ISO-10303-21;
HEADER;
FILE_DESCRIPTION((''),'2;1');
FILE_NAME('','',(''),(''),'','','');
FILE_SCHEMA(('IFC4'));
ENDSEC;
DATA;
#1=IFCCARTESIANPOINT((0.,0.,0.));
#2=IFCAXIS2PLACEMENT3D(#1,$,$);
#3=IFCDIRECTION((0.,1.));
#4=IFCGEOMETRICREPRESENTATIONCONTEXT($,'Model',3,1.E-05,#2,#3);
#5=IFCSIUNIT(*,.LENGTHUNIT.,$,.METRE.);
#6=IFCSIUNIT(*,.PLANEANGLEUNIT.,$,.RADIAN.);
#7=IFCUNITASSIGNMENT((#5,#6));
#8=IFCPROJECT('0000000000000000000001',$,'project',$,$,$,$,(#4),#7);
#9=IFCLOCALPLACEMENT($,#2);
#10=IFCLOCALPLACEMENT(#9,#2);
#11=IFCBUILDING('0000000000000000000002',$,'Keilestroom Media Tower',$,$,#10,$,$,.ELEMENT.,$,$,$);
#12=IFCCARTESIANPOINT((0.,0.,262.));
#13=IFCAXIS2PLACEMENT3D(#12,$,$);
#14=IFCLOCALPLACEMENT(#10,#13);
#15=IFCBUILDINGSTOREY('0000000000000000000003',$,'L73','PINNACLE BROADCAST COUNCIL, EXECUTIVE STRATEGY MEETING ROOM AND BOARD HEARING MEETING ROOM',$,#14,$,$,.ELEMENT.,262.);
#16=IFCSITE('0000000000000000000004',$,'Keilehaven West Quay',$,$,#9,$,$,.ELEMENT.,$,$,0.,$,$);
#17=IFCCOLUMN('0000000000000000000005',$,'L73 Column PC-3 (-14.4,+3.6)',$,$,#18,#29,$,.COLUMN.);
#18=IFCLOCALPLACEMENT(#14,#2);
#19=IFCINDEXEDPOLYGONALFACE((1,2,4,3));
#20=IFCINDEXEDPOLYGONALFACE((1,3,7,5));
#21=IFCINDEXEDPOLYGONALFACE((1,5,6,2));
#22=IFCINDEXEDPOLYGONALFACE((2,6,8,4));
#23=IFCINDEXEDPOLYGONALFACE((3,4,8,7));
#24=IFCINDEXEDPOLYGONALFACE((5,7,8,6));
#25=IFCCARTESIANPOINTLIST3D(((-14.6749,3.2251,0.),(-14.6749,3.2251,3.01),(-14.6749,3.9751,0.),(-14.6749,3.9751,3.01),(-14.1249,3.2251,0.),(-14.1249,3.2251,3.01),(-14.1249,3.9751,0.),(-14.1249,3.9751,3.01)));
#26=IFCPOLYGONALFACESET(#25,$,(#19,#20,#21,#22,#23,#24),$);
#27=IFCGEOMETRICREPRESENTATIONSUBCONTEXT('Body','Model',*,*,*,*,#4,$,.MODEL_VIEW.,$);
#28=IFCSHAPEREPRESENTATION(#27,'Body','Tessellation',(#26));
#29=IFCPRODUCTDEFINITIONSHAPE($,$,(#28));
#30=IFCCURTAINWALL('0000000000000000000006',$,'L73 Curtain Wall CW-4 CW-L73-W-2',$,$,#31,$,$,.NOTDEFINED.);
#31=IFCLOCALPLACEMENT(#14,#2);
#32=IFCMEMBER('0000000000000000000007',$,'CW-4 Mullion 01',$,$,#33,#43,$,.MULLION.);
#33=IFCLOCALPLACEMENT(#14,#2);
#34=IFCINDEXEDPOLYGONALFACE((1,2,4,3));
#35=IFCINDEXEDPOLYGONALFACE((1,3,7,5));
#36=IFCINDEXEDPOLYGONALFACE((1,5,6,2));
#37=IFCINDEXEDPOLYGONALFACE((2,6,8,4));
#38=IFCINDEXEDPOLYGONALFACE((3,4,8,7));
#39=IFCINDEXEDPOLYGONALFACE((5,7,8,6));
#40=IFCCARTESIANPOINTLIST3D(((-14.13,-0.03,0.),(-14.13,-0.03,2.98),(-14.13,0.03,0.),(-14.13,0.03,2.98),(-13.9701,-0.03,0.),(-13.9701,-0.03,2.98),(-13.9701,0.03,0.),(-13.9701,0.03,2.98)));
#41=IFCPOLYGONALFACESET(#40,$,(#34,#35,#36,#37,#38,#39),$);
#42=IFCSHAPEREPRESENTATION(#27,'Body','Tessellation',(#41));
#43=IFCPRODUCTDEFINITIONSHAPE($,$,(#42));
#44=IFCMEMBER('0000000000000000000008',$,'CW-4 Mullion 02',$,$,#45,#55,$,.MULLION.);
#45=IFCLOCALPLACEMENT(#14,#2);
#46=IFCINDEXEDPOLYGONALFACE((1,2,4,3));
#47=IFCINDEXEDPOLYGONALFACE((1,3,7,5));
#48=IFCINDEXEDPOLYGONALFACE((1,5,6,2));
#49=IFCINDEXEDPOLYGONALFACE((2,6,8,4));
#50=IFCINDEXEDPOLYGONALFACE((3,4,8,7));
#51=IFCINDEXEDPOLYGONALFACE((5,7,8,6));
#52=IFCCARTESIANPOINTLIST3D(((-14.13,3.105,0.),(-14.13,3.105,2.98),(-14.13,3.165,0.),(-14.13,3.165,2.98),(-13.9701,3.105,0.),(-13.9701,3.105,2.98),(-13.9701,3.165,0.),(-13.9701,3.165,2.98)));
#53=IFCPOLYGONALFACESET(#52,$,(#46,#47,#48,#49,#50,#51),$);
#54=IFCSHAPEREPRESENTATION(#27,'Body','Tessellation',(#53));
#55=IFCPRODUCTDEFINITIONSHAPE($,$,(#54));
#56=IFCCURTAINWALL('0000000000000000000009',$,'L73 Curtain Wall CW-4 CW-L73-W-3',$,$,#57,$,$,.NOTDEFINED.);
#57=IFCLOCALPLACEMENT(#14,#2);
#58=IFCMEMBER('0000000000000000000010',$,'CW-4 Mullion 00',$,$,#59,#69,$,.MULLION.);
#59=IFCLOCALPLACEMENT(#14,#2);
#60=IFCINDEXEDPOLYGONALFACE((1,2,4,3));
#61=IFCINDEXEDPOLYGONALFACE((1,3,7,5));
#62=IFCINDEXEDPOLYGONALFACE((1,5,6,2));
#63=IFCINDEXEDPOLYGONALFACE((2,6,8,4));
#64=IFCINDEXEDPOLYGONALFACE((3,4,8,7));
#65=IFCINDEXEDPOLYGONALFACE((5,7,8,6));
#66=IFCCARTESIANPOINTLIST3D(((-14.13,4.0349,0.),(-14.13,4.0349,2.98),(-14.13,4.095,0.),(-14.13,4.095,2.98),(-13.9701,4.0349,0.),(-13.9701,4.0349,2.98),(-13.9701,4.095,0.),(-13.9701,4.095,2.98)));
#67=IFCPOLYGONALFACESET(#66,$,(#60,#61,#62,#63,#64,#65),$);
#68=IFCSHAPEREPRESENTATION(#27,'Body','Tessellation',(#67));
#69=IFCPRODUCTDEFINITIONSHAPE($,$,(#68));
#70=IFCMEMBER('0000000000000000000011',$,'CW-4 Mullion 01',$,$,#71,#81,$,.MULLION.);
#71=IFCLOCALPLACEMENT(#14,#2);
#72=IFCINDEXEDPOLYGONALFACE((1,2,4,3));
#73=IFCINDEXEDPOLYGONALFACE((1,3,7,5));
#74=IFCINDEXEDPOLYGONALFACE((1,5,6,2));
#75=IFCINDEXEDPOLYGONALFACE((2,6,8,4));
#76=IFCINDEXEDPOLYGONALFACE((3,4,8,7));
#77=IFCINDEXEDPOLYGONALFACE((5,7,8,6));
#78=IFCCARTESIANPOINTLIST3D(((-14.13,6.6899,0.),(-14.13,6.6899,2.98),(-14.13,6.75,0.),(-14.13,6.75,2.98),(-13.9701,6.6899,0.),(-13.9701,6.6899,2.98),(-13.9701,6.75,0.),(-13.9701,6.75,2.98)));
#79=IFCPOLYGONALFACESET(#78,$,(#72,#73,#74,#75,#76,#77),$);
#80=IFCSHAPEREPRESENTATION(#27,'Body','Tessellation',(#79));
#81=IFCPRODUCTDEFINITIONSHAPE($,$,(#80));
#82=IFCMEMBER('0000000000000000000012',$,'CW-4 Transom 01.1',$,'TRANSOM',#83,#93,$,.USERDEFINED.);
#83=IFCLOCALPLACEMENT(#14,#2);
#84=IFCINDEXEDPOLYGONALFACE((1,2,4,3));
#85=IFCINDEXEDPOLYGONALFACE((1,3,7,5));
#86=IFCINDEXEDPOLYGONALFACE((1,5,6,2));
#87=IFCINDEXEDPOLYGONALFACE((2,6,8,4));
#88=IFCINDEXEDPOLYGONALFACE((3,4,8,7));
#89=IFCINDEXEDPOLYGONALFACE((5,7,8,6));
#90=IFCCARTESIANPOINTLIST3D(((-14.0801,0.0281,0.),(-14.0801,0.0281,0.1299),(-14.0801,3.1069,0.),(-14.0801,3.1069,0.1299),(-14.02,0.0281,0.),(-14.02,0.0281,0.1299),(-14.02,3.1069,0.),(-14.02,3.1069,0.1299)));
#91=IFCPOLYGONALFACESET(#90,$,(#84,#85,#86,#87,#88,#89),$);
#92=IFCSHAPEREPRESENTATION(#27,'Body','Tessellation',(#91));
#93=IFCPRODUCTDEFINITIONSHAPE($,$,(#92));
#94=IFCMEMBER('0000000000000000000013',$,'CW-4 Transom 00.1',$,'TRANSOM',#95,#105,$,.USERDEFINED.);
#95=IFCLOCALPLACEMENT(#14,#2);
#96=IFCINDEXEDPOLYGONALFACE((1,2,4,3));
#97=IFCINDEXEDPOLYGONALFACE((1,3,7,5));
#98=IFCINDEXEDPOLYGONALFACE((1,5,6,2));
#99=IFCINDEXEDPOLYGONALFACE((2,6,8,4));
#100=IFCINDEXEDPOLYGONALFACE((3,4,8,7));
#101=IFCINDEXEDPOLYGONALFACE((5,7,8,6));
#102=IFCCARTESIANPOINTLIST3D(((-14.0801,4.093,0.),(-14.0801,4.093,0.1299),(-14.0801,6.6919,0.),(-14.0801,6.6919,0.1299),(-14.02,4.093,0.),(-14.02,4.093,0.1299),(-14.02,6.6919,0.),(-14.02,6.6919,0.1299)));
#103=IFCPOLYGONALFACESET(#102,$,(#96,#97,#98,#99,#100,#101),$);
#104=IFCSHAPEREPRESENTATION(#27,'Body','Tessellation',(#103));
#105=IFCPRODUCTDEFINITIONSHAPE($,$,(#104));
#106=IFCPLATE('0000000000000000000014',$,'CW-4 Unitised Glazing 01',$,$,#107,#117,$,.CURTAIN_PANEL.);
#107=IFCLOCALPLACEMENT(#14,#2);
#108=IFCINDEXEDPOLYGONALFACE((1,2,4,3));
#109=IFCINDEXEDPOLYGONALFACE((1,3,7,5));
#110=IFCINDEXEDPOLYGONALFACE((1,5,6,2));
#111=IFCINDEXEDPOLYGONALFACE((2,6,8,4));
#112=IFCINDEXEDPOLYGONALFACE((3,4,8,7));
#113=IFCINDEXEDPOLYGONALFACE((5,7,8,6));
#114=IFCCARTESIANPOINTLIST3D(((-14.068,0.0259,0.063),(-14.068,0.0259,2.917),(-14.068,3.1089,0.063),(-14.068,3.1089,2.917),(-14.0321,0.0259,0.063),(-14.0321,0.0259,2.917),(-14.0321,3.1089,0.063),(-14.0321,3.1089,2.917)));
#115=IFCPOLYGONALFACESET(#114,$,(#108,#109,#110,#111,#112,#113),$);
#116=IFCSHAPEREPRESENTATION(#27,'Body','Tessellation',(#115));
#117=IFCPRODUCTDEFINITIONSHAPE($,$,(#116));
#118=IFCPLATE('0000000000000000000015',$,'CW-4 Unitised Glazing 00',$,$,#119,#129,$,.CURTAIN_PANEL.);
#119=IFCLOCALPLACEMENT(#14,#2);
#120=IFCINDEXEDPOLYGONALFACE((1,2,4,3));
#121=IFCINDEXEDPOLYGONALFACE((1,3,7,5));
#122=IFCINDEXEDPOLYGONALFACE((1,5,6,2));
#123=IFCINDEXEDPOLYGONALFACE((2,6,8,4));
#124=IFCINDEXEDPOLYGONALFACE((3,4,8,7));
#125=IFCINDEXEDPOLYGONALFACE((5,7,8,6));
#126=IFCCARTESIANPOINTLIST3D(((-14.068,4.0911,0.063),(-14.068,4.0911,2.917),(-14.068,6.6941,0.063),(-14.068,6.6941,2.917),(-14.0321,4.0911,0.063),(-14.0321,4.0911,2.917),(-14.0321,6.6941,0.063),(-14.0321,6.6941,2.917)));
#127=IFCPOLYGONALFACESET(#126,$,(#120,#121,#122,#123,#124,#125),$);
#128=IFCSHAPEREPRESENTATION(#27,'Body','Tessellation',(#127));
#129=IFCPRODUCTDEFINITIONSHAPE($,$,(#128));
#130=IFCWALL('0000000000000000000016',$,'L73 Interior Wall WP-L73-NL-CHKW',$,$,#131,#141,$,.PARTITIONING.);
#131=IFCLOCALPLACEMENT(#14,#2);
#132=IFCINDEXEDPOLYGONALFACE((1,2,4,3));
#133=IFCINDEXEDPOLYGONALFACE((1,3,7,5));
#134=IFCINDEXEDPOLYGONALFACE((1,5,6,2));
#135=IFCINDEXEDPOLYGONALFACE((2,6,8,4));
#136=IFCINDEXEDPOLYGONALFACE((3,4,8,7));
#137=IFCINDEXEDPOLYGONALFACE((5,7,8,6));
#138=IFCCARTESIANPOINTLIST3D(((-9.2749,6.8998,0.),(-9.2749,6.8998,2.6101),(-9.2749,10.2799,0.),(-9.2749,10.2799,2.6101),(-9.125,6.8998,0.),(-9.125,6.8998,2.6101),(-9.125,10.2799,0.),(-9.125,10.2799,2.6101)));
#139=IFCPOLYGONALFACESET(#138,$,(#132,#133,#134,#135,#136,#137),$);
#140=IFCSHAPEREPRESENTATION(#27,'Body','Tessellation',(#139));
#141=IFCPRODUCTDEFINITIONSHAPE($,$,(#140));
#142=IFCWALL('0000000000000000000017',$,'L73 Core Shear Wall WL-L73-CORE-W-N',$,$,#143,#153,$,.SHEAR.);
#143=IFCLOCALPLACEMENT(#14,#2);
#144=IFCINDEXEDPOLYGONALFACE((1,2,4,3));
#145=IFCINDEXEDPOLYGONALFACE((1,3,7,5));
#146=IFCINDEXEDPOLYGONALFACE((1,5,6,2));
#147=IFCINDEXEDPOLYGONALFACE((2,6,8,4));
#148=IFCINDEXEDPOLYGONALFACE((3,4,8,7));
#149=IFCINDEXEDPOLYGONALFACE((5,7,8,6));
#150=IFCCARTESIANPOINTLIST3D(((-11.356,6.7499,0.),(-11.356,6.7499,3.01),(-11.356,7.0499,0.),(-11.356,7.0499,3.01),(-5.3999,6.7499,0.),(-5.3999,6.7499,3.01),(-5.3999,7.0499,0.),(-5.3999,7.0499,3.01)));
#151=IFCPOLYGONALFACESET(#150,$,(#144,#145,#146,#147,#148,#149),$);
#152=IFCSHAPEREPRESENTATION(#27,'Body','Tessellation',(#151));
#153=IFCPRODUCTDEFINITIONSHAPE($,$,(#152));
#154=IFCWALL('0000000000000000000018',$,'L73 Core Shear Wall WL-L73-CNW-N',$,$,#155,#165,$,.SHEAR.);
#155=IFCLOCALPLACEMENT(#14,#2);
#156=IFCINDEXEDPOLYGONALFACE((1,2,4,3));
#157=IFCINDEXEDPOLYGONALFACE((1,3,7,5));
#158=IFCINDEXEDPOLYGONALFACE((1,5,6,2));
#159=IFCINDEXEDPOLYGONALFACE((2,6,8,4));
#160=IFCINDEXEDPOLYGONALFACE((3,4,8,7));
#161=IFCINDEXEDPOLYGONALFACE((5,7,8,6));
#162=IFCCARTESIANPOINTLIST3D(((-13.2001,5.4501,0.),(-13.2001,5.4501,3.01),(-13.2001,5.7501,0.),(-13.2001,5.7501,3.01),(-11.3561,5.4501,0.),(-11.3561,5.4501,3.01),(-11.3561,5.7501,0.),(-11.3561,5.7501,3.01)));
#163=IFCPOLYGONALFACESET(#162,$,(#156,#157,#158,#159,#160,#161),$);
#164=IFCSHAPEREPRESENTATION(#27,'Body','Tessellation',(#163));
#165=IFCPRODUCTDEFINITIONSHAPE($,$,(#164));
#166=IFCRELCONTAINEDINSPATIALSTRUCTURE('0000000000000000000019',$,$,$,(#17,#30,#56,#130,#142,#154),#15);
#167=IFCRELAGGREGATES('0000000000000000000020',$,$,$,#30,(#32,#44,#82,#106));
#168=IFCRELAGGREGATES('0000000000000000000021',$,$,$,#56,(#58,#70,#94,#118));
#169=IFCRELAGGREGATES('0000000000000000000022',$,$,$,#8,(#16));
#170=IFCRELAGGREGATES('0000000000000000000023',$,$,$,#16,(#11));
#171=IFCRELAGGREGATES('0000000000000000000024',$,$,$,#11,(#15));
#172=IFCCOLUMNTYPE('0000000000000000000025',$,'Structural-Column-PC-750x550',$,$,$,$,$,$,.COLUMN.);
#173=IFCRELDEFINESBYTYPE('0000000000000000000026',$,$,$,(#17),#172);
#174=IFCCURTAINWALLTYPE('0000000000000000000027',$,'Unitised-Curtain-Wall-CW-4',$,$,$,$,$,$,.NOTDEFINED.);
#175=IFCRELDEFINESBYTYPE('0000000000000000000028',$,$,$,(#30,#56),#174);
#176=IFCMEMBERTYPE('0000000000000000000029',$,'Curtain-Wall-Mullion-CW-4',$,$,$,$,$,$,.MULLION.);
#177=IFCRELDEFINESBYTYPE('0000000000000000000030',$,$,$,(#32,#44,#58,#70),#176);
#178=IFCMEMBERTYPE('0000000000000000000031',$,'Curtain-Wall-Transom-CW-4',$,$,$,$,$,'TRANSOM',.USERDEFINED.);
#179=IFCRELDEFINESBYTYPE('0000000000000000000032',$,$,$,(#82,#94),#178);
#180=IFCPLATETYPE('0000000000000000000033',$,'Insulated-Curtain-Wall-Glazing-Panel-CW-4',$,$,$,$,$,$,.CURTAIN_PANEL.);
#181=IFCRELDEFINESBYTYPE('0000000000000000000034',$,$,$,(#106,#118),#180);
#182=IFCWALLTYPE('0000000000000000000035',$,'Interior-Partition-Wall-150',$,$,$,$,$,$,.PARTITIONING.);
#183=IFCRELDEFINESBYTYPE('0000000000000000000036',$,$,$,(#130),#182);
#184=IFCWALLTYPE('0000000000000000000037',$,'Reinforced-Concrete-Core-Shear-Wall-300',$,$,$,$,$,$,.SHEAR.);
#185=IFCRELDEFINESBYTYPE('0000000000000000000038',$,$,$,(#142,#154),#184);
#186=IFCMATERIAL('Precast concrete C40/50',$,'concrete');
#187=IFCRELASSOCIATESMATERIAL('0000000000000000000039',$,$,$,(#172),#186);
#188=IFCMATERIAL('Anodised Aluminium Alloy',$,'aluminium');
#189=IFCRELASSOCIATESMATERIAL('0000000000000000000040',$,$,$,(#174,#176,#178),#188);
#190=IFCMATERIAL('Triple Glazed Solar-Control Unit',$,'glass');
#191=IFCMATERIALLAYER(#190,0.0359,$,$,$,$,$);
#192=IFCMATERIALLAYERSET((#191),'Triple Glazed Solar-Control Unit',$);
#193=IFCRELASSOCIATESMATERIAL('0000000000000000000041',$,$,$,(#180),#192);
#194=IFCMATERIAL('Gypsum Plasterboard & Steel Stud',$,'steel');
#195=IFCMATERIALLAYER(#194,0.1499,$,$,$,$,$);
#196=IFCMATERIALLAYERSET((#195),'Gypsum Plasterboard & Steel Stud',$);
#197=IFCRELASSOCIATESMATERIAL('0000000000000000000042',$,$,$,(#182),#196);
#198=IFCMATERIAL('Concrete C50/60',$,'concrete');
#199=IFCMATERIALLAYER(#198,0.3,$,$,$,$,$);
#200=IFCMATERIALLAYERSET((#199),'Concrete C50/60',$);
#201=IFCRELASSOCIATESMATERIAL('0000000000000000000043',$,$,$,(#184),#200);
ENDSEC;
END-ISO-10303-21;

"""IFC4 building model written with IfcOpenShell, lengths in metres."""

from ifc_helpers import new_model, si_unit, direction, frame, frame_2d, origin, origin_2d, place, context, subcontext, project, spatial, rectangle, extrude, source, transform, mapped, material, layer, layer_set, material_profile, profile_set, type_object, element, aggregate, save


model = new_model("IFC4")

# Units and contexts
model_context = context("Model", 3, precision=1e-05, world=origin(), true_north=direction((0.0, 1.0)))
body_context = subcontext(model_context, "Body", "Model", "MODEL_VIEW")
ifc_project = project(units=[si_unit("LENGTHUNIT", "METRE"), si_unit("PLANEANGLEUNIT", "RADIAN")], contexts=[model_context])

# Site, building, storey
site_placement = place(None, origin())
site = spatial("IfcSite", under=ifc_project, at=site_placement, Name="Keilehaven West Quay", CompositionType="ELEMENT", RefElevation=0.0)
building_placement = place(site_placement, origin())
building = spatial("IfcBuilding", under=site, at=building_placement, Name="Keilestroom Media Tower", CompositionType="ELEMENT")
storey_placement = place(building_placement, frame((0.0, 0.0, 262.0)))
storey = spatial("IfcBuildingStorey", under=building, at=storey_placement, Name="L73", Description="PINNACLE BROADCAST COUNCIL, EXECUTIVE STRATEGY MEETING ROOM AND BOARD HEARING MEETING ROOM", CompositionType="ELEMENT", Elevation=262.0)

# Column
ifc_material_1 = material(Name="Precast concrete C40/50", Category="concrete")
ifc_material_profile_1 = material_profile(ifc_material_1, rectangle(XDim=0.55, YDim=0.75, at=origin_2d()), Name="PC 750x550")
ifc_profile_set_1 = profile_set([ifc_material_profile_1], Name="Precast concrete C40/50")
column_type = type_object("IfcColumnType", Name="Structural-Column-PC-750x550", PredefinedType="COLUMN", material=ifc_profile_set_1)
shared_shape_1 = source(origin(), body_context, "Body", "SweptSolid", [
    extrude(rectangle(XDim=0.55, YDim=0.75, at=origin_2d()), origin(), (0.0, 0.0, 1.0), 3.01),
])
column_placement = place(storey_placement, frame((-14.3999, 3.6001, 0.0), z_axis=(0.0, 0.0, 1.0), x_axis=(1.0, 0.0, 0.0)))
element("IfcColumn", 1, at=column_placement, inside=storey, type_object=column_type, Name="L73 Column PC-3 (-14.4,+3.6)", PredefinedType="COLUMN", context=body_context, shape_type="MappedRepresentation", body=[
    mapped(shared_shape_1, transform((0.0, 0.0, 0.0), x_axis=(1.0, 0.0, 0.0), y_axis=(0.0, 1.0, 0.0), z_axis=(0.0, 0.0, 1.0), scale=1.0)),
])

# Curtain walls, members
ifc_material_2 = material(Name="Anodised Aluminium Alloy", Category="aluminium")
curtain_wall_type = type_object("IfcCurtainWallType", Name="Unitised-Curtain-Wall-CW-4", PredefinedType="NOTDEFINED", material=ifc_material_2)
curtain_wall_1_placement = place(storey_placement, origin())
curtain_wall_1 = element("IfcCurtainWall", 2, at=curtain_wall_1_placement, inside=storey, type_object=curtain_wall_type, Name="L73 Curtain Wall CW-4 CW-L73-W-2", PredefinedType="NOTDEFINED")
ifc_material_profile_2 = material_profile(ifc_material_2, rectangle(XDim=0.0601, YDim=0.1599, at=origin_2d()), Name="ALU MULLION 60x160")
ifc_profile_set_2 = profile_set([ifc_material_profile_2], Name="Anodised Aluminium Alloy")
member_type_1 = type_object("IfcMemberType", Name="Curtain-Wall-Mullion-CW-4", PredefinedType="MULLION", material=ifc_profile_set_2)
shared_shape_2 = source(origin(), body_context, "Body", "SweptSolid", [
    extrude(rectangle(XDim=0.0601, YDim=0.1599, at=origin_2d()), origin(), (0.0, 0.0, 1.0), 2.98),
])
member_1_placement = place(storey_placement, frame((-14.05, 0.0, 0.0), z_axis=(0.0, 0.0, 1.0), x_axis=(0.0, 1.0, 0.0)))
member_1 = element("IfcMember", 3, at=member_1_placement, type_object=member_type_1, Name="CW-4 Mullion 01", PredefinedType="MULLION", context=body_context, shape_type="MappedRepresentation", body=[
    mapped(shared_shape_2, transform((0.0, 0.0, 0.0), x_axis=(1.0, 0.0, 0.0), y_axis=(0.0, 1.0, 0.0), z_axis=(0.0, 0.0, 1.0), scale=1.0)),
])
member_2_placement = place(storey_placement, frame((-14.05, 3.135, 0.0), z_axis=(0.0, 0.0, 1.0), x_axis=(0.0, 1.0, 0.0)))
member_2 = element("IfcMember", 4, at=member_2_placement, type_object=member_type_1, Name="CW-4 Mullion 02", PredefinedType="MULLION", context=body_context, shape_type="MappedRepresentation", body=[
    mapped(shared_shape_2, transform((0.0, 0.0, 0.0), x_axis=(1.0, 0.0, 0.0), y_axis=(0.0, 1.0, 0.0), z_axis=(0.0, 0.0, 1.0), scale=1.0)),
])
curtain_wall_2_placement = place(storey_placement, origin())
curtain_wall_2 = element("IfcCurtainWall", 5, at=curtain_wall_2_placement, inside=storey, type_object=curtain_wall_type, Name="L73 Curtain Wall CW-4 CW-L73-W-3", PredefinedType="NOTDEFINED")
member_3_placement = place(storey_placement, frame((-14.05, 4.0649, 0.0), z_axis=(0.0, 0.0, 1.0), x_axis=(0.0, 1.0, 0.0)))
member_3 = element("IfcMember", 6, at=member_3_placement, type_object=member_type_1, Name="CW-4 Mullion 00", PredefinedType="MULLION", context=body_context, shape_type="MappedRepresentation", body=[
    mapped(shared_shape_2, transform((0.0, 0.0, 0.0), x_axis=(1.0, 0.0, 0.0), y_axis=(0.0, 1.0, 0.0), z_axis=(0.0, 0.0, 1.0), scale=1.0)),
])
member_4_placement = place(storey_placement, frame((-14.05, 6.72, 0.0), z_axis=(0.0, 0.0, 1.0), x_axis=(0.0, 1.0, 0.0)))
member_4 = element("IfcMember", 7, at=member_4_placement, type_object=member_type_1, Name="CW-4 Mullion 01", PredefinedType="MULLION", context=body_context, shape_type="MappedRepresentation", body=[
    mapped(shared_shape_2, transform((0.0, 0.0, 0.0), x_axis=(1.0, 0.0, 0.0), y_axis=(0.0, 1.0, 0.0), z_axis=(0.0, 0.0, 1.0), scale=1.0)),
])

# Members
ifc_material_profile_3 = material_profile(ifc_material_2, rectangle(XDim=0.0601, YDim=0.1299, at=origin_2d()), Name="ALU TRANSOM 60x130")
ifc_profile_set_3 = profile_set([ifc_material_profile_3], Name="Anodised Aluminium Alloy")
member_type_2 = type_object("IfcMemberType", Name="Curtain-Wall-Transom-CW-4", ElementType="TRANSOM", PredefinedType="USERDEFINED", material=ifc_profile_set_3)
shared_shape_3 = source(origin(), body_context, "Body", "SweptSolid", [
    extrude(rectangle(XDim=0.0601, YDim=0.1299, at=origin_2d()), origin(), (0.0, 0.0, 1.0), 3.0789),
])
member_5_placement = place(storey_placement, frame((-14.05, 0.0281, 0.0649), z_axis=(0.0, 1.0, 0.0), x_axis=(-1.0, 0.0, 0.0)))
member_5 = element("IfcMember", 8, at=member_5_placement, type_object=member_type_2, Name="CW-4 Transom 01.1", ObjectType="TRANSOM", PredefinedType="USERDEFINED", context=body_context, shape_type="MappedRepresentation", body=[
    mapped(shared_shape_3, transform((0.0, 0.0, 0.0), x_axis=(1.0, 0.0, 0.0), y_axis=(0.0, 1.0, 0.0), z_axis=(0.0, 0.0, 1.0), scale=1.0)),
])
shared_shape_4 = source(origin(), body_context, "Body", "SweptSolid", [
    extrude(rectangle(XDim=0.0601, YDim=0.1299, at=origin_2d()), origin(), (0.0, 0.0, 1.0), 2.5989),
])
member_6_placement = place(storey_placement, frame((-14.05, 4.093, 0.0649), z_axis=(0.0, 1.0, 0.0), x_axis=(-1.0, 0.0, 0.0)))
member_6 = element("IfcMember", 9, at=member_6_placement, type_object=member_type_2, Name="CW-4 Transom 00.1", ObjectType="TRANSOM", PredefinedType="USERDEFINED", context=body_context, shape_type="MappedRepresentation", body=[
    mapped(shared_shape_4, transform((0.0, 0.0, 0.0), x_axis=(1.0, 0.0, 0.0), y_axis=(0.0, 1.0, 0.0), z_axis=(0.0, 0.0, 1.0), scale=1.0)),
])

# Plates
ifc_material_3 = material(Name="Triple Glazed Solar-Control Unit", Category="glass")
ifc_layer_1 = layer(ifc_material_3, 0.0359)
ifc_layer_set_1 = layer_set([ifc_layer_1], Name="Triple Glazed Solar-Control Unit")
plate_type = type_object("IfcPlateType", Name="Insulated-Curtain-Wall-Glazing-Panel-CW-4", PredefinedType="CURTAIN_PANEL", material=ifc_layer_set_1)
shared_shape_5 = source(origin(), body_context, "Body", "SweptSolid", [
    extrude(rectangle(XDim=3.083, YDim=0.0359, at=origin_2d()), origin(), (0.0, 0.0, 1.0), 2.854),
])
plate_1_placement = place(storey_placement, frame((-14.05, 1.5674, 0.063), z_axis=(0.0, 0.0, 1.0), x_axis=(0.0, 1.0, 0.0)))
plate_1 = element("IfcPlate", 10, at=plate_1_placement, type_object=plate_type, Name="CW-4 Unitised Glazing 01", PredefinedType="CURTAIN_PANEL", context=body_context, shape_type="MappedRepresentation", body=[
    mapped(shared_shape_5, transform((0.0, 0.0, 0.0), x_axis=(1.0, 0.0, 0.0), y_axis=(0.0, 1.0, 0.0), z_axis=(0.0, 0.0, 1.0), scale=1.0)),
])
aggregate(curtain_wall_1, [member_1, member_2, member_5, plate_1])
shared_shape_6 = source(origin(), body_context, "Body", "SweptSolid", [
    extrude(rectangle(XDim=2.603, YDim=0.0359, at=origin_2d()), origin(), (0.0, 0.0, 1.0), 2.854),
])
plate_2_placement = place(storey_placement, frame((-14.05, 5.3926, 0.063), z_axis=(0.0, 0.0, 1.0), x_axis=(0.0, 1.0, 0.0)))
plate_2 = element("IfcPlate", 11, at=plate_2_placement, type_object=plate_type, Name="CW-4 Unitised Glazing 00", PredefinedType="CURTAIN_PANEL", context=body_context, shape_type="MappedRepresentation", body=[
    mapped(shared_shape_6, transform((0.0, 0.0, 0.0), x_axis=(1.0, 0.0, 0.0), y_axis=(0.0, 1.0, 0.0), z_axis=(0.0, 0.0, 1.0), scale=1.0)),
])
aggregate(curtain_wall_2, [member_3, member_4, member_6, plate_2])

# Walls
ifc_material_4 = material(Name="Gypsum Plasterboard & Steel Stud", Category="steel")
ifc_layer_2 = layer(ifc_material_4, 0.1499)
ifc_layer_set_2 = layer_set([ifc_layer_2], Name="Gypsum Plasterboard & Steel Stud")
wall_type_1 = type_object("IfcWallType", Name="Interior-Partition-Wall-150", PredefinedType="PARTITIONING", material=ifc_layer_set_2)
wall_1_placement = place(storey_placement, frame((-9.2, 6.8999, 0.0), z_axis=(0.0, 0.0, 1.0), x_axis=(0.0, 1.0, 0.0)))
element("IfcWall", 12, at=wall_1_placement, inside=storey, type_object=wall_type_1, Name="L73 Interior Wall WP-L73-NL-CHKW", PredefinedType="PARTITIONING", context=body_context, shape_type="SweptSolid", body=[
    extrude(rectangle(XDim=3.3801, YDim=0.1499, at=frame_2d((1.6899, 0.0))), origin(), (0.0, 0.0, 1.0), 2.6101),
])
ifc_material_5 = material(Name="Concrete C50/60", Category="concrete")
ifc_layer_3 = layer(ifc_material_5, 0.3)
ifc_layer_set_3 = layer_set([ifc_layer_3], Name="Concrete C50/60")
wall_type_2 = type_object("IfcWallType", Name="Reinforced-Concrete-Core-Shear-Wall-300", PredefinedType="SHEAR", material=ifc_layer_set_3)
wall_2_placement = place(storey_placement, frame((-11.356, 6.8999, 0.0), z_axis=(0.0, 0.0, 1.0), x_axis=(1.0, 0.0, 0.0)))
element("IfcWall", 13, at=wall_2_placement, inside=storey, type_object=wall_type_2, Name="L73 Core Shear Wall WL-L73-CORE-W-N", PredefinedType="SHEAR", context=body_context, shape_type="SweptSolid", body=[
    extrude(rectangle(XDim=5.9561, YDim=0.3, at=frame_2d((2.978, 0.0))), origin(), (0.0, 0.0, 1.0), 3.01),
])
wall_3_placement = place(storey_placement, frame((-13.2, 5.6001, 0.0), z_axis=(0.0, 0.0, 1.0), x_axis=(1.0, 0.0, 0.0)))
element("IfcWall", 14, at=wall_3_placement, inside=storey, type_object=wall_type_2, Name="L73 Core Shear Wall WL-L73-CNW-N", PredefinedType="SHEAR", context=body_context, shape_type="SweptSolid", body=[
    extrude(rectangle(XDim=1.844, YDim=0.3, at=frame_2d((0.9219, 0.0))), origin(), (0.0, 0.0, 1.0), 3.01),
])

save(model, "model.ifc")
